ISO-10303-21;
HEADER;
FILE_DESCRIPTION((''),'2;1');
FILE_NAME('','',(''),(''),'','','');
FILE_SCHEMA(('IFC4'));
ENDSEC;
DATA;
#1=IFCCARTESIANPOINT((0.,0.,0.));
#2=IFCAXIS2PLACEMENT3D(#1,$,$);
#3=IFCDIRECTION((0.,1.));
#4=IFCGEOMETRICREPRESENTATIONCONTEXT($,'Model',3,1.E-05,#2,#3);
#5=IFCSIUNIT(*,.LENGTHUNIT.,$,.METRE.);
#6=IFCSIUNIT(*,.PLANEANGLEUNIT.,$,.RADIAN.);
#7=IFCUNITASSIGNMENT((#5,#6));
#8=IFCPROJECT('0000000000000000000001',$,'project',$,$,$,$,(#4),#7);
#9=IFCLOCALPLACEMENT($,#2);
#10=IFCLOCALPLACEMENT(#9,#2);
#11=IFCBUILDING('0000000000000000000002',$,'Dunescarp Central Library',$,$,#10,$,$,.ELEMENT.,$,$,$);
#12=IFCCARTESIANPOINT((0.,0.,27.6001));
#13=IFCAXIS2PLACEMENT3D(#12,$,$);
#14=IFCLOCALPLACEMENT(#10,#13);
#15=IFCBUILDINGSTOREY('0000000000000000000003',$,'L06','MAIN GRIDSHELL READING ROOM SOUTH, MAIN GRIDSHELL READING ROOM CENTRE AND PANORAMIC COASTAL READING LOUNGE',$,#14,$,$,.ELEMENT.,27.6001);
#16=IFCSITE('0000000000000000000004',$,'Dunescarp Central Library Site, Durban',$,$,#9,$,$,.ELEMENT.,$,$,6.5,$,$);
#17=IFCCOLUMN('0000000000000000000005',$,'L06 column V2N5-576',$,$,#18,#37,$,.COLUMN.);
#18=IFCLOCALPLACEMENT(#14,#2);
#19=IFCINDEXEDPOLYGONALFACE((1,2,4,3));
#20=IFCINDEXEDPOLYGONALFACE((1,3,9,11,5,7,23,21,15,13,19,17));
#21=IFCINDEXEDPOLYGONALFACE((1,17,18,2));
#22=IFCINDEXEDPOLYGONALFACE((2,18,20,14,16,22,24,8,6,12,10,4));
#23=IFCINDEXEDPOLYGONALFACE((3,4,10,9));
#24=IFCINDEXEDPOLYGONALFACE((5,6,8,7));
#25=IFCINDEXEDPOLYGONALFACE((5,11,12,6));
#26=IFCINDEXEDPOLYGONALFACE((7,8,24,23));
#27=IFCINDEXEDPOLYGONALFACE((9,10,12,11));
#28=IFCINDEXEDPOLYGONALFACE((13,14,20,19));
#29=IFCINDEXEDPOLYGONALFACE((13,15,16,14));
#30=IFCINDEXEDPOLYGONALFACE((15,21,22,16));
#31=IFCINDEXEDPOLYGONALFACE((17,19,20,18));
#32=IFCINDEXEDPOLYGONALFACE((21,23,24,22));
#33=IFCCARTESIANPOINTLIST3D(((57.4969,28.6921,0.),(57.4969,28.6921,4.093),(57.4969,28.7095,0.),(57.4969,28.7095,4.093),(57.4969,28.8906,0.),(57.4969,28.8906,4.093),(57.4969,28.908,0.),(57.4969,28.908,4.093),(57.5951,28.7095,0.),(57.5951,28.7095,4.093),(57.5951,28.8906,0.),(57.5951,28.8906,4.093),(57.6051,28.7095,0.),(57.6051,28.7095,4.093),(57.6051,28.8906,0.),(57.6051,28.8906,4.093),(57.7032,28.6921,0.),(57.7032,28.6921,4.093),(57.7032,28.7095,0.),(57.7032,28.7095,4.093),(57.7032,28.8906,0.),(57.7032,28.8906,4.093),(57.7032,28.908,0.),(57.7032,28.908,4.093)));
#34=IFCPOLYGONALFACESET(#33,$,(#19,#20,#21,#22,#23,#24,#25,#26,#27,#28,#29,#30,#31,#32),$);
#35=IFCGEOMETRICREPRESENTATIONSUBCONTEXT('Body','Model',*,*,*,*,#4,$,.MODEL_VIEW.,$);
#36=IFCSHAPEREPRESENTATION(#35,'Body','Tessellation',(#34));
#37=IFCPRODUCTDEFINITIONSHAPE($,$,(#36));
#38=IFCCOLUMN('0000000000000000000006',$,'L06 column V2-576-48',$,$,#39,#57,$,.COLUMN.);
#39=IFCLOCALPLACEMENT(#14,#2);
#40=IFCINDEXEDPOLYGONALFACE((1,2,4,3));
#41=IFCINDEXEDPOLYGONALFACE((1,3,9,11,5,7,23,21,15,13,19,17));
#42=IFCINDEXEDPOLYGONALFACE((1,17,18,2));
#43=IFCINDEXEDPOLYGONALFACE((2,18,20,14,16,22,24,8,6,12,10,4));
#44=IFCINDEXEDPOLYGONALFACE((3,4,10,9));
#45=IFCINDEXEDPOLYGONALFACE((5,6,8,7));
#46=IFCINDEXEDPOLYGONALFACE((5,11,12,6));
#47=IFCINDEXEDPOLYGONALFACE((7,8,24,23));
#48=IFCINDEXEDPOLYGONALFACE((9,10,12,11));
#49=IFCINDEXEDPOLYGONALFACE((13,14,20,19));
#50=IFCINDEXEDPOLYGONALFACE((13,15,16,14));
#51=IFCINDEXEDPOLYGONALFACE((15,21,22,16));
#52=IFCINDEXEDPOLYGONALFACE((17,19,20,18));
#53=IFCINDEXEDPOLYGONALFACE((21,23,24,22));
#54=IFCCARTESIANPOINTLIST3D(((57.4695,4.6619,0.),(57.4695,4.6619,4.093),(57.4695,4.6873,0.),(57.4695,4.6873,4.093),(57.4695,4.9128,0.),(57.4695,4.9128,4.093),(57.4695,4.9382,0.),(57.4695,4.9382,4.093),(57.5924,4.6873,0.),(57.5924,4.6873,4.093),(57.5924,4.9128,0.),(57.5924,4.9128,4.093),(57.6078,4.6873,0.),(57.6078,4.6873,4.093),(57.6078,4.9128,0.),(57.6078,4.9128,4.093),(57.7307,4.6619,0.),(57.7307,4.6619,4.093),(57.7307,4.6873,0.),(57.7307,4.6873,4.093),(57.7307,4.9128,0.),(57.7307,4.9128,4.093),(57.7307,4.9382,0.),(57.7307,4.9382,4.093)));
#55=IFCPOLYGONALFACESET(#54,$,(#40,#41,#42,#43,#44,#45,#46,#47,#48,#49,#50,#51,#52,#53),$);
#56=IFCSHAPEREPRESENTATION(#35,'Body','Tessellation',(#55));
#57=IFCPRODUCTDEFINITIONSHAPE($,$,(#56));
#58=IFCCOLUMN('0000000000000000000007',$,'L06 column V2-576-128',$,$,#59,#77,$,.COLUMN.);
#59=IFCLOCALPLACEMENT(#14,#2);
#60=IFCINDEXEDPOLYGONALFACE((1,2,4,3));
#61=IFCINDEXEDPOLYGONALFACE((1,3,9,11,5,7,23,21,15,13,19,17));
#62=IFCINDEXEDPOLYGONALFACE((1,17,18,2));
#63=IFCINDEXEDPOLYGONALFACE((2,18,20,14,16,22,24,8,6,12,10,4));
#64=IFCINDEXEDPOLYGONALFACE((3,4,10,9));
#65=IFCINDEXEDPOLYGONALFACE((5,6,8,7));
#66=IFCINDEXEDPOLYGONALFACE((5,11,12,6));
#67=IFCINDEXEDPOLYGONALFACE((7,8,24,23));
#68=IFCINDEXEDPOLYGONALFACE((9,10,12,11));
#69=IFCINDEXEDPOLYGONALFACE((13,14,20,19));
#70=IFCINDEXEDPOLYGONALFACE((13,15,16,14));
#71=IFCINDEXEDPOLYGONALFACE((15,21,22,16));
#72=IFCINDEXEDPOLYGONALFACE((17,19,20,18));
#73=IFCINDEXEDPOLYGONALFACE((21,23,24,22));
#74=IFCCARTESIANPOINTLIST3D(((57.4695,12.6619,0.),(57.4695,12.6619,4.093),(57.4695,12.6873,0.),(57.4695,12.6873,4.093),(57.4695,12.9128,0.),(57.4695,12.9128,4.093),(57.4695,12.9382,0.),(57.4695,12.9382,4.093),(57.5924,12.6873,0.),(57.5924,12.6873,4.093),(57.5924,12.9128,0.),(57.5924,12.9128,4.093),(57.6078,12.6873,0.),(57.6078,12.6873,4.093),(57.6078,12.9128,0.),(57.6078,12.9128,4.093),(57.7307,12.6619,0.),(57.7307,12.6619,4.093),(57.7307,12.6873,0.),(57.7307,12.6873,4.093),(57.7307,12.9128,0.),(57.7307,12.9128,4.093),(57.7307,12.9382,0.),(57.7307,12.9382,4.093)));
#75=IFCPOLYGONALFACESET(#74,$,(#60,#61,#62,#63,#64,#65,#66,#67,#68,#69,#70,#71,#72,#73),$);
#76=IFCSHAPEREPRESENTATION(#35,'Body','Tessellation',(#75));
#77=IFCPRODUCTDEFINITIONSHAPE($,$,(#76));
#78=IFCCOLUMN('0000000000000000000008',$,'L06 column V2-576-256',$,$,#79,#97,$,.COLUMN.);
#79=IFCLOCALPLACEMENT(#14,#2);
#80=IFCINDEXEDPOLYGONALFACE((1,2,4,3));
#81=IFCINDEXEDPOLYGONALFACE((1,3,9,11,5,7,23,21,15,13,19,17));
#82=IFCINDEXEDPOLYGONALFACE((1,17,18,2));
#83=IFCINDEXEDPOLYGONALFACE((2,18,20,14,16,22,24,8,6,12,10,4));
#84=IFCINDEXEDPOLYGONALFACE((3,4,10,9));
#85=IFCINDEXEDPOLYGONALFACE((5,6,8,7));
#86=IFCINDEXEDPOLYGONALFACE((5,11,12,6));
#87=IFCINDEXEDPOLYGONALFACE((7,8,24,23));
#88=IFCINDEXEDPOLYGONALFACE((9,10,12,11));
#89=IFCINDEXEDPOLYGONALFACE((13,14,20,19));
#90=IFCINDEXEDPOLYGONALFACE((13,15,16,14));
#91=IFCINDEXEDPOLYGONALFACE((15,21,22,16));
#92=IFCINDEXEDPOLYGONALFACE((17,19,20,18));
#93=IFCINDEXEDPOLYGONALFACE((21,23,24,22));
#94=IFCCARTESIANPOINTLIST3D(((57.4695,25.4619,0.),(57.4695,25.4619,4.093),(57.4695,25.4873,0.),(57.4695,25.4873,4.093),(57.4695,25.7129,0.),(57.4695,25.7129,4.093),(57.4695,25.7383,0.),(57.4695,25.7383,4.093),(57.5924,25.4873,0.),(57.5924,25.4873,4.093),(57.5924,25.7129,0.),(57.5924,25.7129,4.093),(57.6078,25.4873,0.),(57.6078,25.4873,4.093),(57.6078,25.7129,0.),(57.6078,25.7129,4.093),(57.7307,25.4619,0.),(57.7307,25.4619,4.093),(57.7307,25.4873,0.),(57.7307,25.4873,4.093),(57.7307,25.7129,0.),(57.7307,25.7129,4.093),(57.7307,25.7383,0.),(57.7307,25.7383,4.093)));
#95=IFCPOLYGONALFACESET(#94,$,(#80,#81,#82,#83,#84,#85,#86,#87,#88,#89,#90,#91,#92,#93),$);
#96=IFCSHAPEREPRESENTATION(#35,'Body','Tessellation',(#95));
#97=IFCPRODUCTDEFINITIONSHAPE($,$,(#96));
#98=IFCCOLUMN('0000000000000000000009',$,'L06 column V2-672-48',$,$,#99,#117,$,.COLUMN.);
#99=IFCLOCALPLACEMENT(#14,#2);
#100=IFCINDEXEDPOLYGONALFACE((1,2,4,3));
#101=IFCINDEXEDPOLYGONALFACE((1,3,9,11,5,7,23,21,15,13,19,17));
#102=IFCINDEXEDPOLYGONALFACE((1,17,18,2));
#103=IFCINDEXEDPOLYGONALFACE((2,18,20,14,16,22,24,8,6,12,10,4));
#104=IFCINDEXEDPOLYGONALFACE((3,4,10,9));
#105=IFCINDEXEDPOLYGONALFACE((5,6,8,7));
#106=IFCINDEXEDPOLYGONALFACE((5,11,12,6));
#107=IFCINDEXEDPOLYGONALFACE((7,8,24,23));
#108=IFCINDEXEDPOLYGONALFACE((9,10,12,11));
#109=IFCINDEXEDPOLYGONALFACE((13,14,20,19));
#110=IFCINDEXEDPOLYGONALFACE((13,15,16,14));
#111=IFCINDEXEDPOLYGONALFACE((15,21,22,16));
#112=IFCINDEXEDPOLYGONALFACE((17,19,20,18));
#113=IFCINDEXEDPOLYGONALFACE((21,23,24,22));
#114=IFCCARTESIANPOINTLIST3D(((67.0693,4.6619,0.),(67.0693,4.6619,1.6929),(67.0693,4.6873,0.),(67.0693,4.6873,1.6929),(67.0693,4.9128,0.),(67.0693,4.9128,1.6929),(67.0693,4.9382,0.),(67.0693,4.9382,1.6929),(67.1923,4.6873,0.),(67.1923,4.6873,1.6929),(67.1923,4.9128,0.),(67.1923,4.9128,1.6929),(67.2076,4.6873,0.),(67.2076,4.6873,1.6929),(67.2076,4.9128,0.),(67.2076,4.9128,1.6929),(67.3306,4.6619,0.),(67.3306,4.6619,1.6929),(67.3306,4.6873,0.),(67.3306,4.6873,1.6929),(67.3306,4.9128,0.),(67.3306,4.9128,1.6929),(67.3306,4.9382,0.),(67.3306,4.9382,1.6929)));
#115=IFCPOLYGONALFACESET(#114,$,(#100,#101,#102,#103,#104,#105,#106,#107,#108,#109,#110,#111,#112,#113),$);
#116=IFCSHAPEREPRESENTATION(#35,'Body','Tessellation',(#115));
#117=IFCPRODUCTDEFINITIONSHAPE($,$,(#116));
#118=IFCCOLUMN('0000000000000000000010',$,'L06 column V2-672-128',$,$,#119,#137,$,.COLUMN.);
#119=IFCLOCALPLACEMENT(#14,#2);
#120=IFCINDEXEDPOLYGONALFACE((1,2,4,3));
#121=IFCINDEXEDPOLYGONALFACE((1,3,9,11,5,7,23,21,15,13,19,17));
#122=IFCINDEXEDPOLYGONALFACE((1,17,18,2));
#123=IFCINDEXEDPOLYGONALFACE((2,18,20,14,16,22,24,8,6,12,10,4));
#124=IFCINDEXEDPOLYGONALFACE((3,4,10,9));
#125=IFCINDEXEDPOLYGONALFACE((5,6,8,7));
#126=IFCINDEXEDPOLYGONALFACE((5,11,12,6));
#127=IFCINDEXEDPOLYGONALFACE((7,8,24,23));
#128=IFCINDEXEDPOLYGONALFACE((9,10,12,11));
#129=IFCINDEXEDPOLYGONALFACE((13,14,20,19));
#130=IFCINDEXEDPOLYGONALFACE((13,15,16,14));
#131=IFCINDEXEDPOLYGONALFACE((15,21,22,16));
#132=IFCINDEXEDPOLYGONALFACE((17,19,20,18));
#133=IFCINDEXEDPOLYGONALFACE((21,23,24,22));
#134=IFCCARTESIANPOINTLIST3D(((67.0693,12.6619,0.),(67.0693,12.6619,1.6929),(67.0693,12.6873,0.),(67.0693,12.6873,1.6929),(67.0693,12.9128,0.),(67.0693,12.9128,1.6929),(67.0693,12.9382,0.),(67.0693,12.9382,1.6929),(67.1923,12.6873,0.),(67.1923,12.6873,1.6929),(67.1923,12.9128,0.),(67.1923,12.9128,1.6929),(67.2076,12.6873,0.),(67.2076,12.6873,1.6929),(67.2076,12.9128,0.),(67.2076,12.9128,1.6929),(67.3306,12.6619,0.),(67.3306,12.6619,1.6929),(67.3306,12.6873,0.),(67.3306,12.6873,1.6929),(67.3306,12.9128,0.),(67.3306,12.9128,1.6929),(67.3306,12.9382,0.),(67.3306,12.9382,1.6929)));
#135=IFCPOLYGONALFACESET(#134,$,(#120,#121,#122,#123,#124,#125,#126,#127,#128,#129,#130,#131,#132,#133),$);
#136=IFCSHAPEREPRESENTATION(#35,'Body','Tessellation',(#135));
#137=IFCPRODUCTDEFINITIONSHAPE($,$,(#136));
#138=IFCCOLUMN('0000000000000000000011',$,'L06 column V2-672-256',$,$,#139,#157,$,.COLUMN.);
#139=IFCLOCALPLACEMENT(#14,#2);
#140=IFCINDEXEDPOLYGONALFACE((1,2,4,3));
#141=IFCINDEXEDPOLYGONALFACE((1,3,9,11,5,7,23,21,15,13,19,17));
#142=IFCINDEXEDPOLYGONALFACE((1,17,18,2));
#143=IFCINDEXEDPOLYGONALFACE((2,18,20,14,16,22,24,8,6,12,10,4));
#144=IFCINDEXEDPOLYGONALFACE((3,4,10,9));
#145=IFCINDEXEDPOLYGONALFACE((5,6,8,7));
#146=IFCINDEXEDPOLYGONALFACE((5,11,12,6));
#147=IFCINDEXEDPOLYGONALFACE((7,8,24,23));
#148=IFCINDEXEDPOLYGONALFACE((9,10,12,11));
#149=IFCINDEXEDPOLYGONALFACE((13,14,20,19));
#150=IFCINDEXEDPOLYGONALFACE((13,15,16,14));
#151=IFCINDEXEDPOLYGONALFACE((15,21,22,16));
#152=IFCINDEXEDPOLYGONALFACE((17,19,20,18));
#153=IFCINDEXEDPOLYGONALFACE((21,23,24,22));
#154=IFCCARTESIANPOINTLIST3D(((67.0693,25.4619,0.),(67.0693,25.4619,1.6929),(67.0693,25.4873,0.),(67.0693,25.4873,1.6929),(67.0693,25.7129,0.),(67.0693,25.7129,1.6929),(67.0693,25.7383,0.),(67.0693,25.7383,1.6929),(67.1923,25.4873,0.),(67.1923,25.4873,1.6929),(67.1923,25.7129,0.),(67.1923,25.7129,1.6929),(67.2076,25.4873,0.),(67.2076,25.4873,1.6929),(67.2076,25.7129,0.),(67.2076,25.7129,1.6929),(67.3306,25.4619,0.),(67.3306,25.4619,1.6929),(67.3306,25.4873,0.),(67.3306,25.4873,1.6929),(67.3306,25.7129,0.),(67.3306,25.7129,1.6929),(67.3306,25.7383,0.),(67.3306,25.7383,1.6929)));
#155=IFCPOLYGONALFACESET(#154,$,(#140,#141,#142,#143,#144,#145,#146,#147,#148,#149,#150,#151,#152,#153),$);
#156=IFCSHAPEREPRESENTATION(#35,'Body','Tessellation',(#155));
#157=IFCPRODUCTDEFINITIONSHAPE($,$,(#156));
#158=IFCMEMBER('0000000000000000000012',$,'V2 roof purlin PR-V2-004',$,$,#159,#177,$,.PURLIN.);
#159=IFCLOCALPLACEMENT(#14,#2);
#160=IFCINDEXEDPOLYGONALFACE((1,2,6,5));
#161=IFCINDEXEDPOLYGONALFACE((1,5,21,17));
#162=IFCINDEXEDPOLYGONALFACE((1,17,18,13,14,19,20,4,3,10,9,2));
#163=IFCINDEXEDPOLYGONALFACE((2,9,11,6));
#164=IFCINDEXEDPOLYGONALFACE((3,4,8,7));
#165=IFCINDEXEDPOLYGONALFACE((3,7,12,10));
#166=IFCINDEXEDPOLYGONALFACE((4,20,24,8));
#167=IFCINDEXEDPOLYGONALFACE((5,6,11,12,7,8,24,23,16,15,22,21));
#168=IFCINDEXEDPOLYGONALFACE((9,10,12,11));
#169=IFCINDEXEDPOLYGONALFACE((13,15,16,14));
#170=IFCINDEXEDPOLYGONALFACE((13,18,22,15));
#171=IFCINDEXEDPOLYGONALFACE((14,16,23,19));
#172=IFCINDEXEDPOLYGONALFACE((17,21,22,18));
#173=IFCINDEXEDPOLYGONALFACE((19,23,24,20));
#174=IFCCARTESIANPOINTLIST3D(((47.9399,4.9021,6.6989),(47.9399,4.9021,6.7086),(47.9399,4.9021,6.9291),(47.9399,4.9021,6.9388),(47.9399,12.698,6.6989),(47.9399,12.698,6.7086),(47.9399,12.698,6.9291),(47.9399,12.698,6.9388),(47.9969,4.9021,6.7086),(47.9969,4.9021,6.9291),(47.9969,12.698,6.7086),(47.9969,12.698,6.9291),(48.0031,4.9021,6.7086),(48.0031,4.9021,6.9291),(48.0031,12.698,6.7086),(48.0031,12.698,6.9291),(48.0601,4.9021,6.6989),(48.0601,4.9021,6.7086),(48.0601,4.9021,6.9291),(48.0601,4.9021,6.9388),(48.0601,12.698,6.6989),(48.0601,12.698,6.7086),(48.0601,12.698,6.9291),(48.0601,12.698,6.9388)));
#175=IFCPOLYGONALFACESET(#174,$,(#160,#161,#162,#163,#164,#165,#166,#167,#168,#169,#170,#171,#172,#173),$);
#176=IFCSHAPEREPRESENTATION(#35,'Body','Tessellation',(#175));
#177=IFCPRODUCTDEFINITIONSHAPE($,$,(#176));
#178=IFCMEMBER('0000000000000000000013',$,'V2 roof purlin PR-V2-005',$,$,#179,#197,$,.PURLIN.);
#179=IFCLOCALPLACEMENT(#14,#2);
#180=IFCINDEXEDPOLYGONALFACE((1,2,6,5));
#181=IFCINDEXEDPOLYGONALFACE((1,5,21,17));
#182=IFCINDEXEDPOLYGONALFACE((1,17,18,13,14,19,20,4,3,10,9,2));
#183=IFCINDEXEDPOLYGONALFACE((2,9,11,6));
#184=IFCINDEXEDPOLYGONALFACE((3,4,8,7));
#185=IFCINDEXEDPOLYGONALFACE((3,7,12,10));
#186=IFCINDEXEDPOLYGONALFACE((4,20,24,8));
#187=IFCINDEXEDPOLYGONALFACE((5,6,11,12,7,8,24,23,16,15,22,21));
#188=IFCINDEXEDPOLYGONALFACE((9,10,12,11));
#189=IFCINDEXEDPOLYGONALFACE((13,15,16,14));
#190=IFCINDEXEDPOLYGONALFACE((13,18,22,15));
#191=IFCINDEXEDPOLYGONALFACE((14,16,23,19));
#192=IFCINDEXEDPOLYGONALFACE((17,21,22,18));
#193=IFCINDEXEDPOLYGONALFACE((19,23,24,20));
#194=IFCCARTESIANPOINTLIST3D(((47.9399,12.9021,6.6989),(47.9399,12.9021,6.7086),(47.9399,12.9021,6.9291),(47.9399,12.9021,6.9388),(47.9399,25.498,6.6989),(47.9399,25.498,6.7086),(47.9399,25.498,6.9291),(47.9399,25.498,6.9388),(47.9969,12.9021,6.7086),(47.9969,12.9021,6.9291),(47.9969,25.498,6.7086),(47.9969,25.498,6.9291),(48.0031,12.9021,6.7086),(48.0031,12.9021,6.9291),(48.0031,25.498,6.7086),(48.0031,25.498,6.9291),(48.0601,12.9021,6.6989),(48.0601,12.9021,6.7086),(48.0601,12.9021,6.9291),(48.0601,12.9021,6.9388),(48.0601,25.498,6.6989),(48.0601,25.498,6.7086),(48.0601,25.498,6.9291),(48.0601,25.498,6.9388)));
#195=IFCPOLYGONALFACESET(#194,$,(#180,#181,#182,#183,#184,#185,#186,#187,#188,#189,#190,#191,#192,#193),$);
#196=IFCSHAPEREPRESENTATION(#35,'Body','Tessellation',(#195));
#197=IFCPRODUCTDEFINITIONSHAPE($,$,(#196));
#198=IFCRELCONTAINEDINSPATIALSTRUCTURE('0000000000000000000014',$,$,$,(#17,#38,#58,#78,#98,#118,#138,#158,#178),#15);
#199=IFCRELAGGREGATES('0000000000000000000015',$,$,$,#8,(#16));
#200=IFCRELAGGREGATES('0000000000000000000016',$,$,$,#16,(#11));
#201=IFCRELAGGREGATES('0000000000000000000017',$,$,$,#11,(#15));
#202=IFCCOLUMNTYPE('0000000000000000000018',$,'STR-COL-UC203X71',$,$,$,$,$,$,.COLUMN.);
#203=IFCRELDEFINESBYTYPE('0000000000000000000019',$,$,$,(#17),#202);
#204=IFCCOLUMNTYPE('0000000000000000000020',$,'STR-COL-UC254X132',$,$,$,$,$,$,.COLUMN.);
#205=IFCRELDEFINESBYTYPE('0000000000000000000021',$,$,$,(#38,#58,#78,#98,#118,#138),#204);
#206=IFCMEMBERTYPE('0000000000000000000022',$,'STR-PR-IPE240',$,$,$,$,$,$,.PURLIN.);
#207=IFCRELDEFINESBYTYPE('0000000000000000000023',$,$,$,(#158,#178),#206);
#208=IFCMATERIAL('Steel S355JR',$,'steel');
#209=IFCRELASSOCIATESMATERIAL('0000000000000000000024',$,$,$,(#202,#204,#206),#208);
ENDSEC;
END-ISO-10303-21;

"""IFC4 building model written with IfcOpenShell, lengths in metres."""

from ifc_helpers import new_model, si_unit, direction, frame, origin, origin_2d, place, context, subcontext, project, spatial, i_section, extrude, material, material_profile, profile_set, type_object, element, save


model = new_model("IFC4")

# Units and contexts
model_context = context("Model", 3, precision=1e-05, world=origin(), true_north=direction((0.0, 1.0)))
body_context = subcontext(model_context, "Body", "Model", "MODEL_VIEW")
ifc_project = project(units=[si_unit("LENGTHUNIT", "METRE"), si_unit("PLANEANGLEUNIT", "RADIAN")], contexts=[model_context])

# Site, building, storey
site_placement = place(None, origin())
site = spatial("IfcSite", under=ifc_project, at=site_placement, Name="Dunescarp Central Library Site, Durban", CompositionType="ELEMENT", RefElevation=6.5)
building_placement = place(site_placement, origin())
building = spatial("IfcBuilding", under=site, at=building_placement, Name="Dunescarp Central Library", CompositionType="ELEMENT")
storey_placement = place(building_placement, frame((0.0, 0.0, 27.6001)))
storey = spatial("IfcBuildingStorey", under=building, at=storey_placement, Name="L06", Description="MAIN GRIDSHELL READING ROOM SOUTH, MAIN GRIDSHELL READING ROOM CENTRE AND PANORAMIC COASTAL READING LOUNGE", CompositionType="ELEMENT", Elevation=27.6001)

# Columns
ifc_material = material(Name="Steel S355JR", Category="steel")
ifc_material_profile_1 = material_profile(ifc_material, i_section(OverallWidth=0.2063, OverallDepth=0.2158, WebThickness=0.01, FlangeThickness=0.0173, at=origin_2d()), Name="UC 203x203x71")
ifc_profile_set_1 = profile_set([ifc_material_profile_1], Name="Steel S355JR")
column_type_1 = type_object("IfcColumnType", Name="STR-COL-UC203X71", PredefinedType="COLUMN", material=ifc_profile_set_1)
column_placement = place(storey_placement, frame((57.6001, 28.8, 0.0), z_axis=(0.0, 0.0, 1.0), x_axis=(1.0, 0.0, 0.0)))
element("IfcColumn", 1, at=column_placement, inside=storey, type_object=column_type_1, Name="L06 column V2N5-576", PredefinedType="COLUMN", context=body_context, shape_type="SweptSolid", body=[
    extrude(i_section(OverallWidth=0.2063, OverallDepth=0.2158, WebThickness=0.01, FlangeThickness=0.0173, at=origin_2d()), origin(), (0.0, 0.0, 1.0), 4.093),
])
ifc_material_profile_2 = material_profile(ifc_material, i_section(OverallWidth=0.2612, OverallDepth=0.2764, WebThickness=0.0154, FlangeThickness=0.0254, at=origin_2d()), Name="UC 254x254x132")
ifc_profile_set_2 = profile_set([ifc_material_profile_2], Name="Steel S355JR")
column_type_2 = type_object("IfcColumnType", Name="STR-COL-UC254X132", PredefinedType="COLUMN", material=ifc_profile_set_2)
for number, where, z_axis, x_axis, name in (
    (2, (57.6001, 4.8, 0.0), (0.0, 0.0, 1.0), (1.0, 0.0, 0.0), "L06 column V2-576-48"),
    (3, (57.6001, 12.8, 0.0), (0.0, 0.0, 1.0), (1.0, 0.0, 0.0), "L06 column V2-576-128"),
    (4, (57.6001, 25.6001, 0.0), (0.0, 0.0, 1.0), (1.0, 0.0, 0.0), "L06 column V2-576-256"),
):
    element("IfcColumn", number, at=place(storey_placement, frame(where, z_axis=z_axis, x_axis=x_axis)), inside=storey, type_object=column_type_2, Name=name, PredefinedType="COLUMN", context=body_context, shape_type="SweptSolid", body=[
        extrude(i_section(OverallWidth=0.2612, OverallDepth=0.2764, WebThickness=0.0154, FlangeThickness=0.0254, at=origin_2d()), origin(), (0.0, 0.0, 1.0), 4.093),
    ])
for number, where, z_axis, x_axis, name in (
    (5, (67.2, 4.8, 0.0), (0.0, 0.0, 1.0), (1.0, 0.0, 0.0), "L06 column V2-672-48"),
    (6, (67.2, 12.8, 0.0), (0.0, 0.0, 1.0), (1.0, 0.0, 0.0), "L06 column V2-672-128"),
    (7, (67.2, 25.6001, 0.0), (0.0, 0.0, 1.0), (1.0, 0.0, 0.0), "L06 column V2-672-256"),
):
    element("IfcColumn", number, at=place(storey_placement, frame(where, z_axis=z_axis, x_axis=x_axis)), inside=storey, type_object=column_type_2, Name=name, PredefinedType="COLUMN", context=body_context, shape_type="SweptSolid", body=[
        extrude(i_section(OverallWidth=0.2612, OverallDepth=0.2764, WebThickness=0.0154, FlangeThickness=0.0254, at=origin_2d()), origin(), (0.0, 0.0, 1.0), 1.6929),
    ])

# Members
ifc_material_profile_3 = material_profile(ifc_material, i_section(OverallWidth=0.1201, OverallDepth=0.24, WebThickness=0.0061, FlangeThickness=0.0098, at=origin_2d()), Name="IPE 240")
ifc_profile_set_3 = profile_set([ifc_material_profile_3], Name="Steel S355JR")
member_type_1 = type_object("IfcMemberType", Name="STR-PR-IPE240", PredefinedType="PURLIN", material=ifc_profile_set_3)
member_1_placement = place(storey_placement, frame((48.0, 4.9021, 6.8188), z_axis=(0.0, 1.0, 0.0), x_axis=(-1.0, 0.0, 0.0)))
element("IfcMember", 8, at=member_1_placement, inside=storey, type_object=member_type_1, Name="V2 roof purlin PR-V2-004", PredefinedType="PURLIN", context=body_context, shape_type="SweptSolid", body=[
    extrude(i_section(OverallWidth=0.1201, OverallDepth=0.24, WebThickness=0.0061, FlangeThickness=0.0098, at=origin_2d()), origin(), (0.0, 0.0, 1.0), 7.7959),
])
member_2_placement = place(storey_placement, frame((48.0, 12.9021, 6.8188), z_axis=(0.0, 1.0, 0.0), x_axis=(-1.0, 0.0, 0.0)))
element("IfcMember", 9, at=member_2_placement, inside=storey, type_object=member_type_1, Name="V2 roof purlin PR-V2-005", PredefinedType="PURLIN", context=body_context, shape_type="SweptSolid", body=[
    extrude(i_section(OverallWidth=0.1201, OverallDepth=0.24, WebThickness=0.0061, FlangeThickness=0.0098, at=origin_2d()), origin(), (0.0, 0.0, 1.0), 12.5959),
])

save(model, "model.ifc")
